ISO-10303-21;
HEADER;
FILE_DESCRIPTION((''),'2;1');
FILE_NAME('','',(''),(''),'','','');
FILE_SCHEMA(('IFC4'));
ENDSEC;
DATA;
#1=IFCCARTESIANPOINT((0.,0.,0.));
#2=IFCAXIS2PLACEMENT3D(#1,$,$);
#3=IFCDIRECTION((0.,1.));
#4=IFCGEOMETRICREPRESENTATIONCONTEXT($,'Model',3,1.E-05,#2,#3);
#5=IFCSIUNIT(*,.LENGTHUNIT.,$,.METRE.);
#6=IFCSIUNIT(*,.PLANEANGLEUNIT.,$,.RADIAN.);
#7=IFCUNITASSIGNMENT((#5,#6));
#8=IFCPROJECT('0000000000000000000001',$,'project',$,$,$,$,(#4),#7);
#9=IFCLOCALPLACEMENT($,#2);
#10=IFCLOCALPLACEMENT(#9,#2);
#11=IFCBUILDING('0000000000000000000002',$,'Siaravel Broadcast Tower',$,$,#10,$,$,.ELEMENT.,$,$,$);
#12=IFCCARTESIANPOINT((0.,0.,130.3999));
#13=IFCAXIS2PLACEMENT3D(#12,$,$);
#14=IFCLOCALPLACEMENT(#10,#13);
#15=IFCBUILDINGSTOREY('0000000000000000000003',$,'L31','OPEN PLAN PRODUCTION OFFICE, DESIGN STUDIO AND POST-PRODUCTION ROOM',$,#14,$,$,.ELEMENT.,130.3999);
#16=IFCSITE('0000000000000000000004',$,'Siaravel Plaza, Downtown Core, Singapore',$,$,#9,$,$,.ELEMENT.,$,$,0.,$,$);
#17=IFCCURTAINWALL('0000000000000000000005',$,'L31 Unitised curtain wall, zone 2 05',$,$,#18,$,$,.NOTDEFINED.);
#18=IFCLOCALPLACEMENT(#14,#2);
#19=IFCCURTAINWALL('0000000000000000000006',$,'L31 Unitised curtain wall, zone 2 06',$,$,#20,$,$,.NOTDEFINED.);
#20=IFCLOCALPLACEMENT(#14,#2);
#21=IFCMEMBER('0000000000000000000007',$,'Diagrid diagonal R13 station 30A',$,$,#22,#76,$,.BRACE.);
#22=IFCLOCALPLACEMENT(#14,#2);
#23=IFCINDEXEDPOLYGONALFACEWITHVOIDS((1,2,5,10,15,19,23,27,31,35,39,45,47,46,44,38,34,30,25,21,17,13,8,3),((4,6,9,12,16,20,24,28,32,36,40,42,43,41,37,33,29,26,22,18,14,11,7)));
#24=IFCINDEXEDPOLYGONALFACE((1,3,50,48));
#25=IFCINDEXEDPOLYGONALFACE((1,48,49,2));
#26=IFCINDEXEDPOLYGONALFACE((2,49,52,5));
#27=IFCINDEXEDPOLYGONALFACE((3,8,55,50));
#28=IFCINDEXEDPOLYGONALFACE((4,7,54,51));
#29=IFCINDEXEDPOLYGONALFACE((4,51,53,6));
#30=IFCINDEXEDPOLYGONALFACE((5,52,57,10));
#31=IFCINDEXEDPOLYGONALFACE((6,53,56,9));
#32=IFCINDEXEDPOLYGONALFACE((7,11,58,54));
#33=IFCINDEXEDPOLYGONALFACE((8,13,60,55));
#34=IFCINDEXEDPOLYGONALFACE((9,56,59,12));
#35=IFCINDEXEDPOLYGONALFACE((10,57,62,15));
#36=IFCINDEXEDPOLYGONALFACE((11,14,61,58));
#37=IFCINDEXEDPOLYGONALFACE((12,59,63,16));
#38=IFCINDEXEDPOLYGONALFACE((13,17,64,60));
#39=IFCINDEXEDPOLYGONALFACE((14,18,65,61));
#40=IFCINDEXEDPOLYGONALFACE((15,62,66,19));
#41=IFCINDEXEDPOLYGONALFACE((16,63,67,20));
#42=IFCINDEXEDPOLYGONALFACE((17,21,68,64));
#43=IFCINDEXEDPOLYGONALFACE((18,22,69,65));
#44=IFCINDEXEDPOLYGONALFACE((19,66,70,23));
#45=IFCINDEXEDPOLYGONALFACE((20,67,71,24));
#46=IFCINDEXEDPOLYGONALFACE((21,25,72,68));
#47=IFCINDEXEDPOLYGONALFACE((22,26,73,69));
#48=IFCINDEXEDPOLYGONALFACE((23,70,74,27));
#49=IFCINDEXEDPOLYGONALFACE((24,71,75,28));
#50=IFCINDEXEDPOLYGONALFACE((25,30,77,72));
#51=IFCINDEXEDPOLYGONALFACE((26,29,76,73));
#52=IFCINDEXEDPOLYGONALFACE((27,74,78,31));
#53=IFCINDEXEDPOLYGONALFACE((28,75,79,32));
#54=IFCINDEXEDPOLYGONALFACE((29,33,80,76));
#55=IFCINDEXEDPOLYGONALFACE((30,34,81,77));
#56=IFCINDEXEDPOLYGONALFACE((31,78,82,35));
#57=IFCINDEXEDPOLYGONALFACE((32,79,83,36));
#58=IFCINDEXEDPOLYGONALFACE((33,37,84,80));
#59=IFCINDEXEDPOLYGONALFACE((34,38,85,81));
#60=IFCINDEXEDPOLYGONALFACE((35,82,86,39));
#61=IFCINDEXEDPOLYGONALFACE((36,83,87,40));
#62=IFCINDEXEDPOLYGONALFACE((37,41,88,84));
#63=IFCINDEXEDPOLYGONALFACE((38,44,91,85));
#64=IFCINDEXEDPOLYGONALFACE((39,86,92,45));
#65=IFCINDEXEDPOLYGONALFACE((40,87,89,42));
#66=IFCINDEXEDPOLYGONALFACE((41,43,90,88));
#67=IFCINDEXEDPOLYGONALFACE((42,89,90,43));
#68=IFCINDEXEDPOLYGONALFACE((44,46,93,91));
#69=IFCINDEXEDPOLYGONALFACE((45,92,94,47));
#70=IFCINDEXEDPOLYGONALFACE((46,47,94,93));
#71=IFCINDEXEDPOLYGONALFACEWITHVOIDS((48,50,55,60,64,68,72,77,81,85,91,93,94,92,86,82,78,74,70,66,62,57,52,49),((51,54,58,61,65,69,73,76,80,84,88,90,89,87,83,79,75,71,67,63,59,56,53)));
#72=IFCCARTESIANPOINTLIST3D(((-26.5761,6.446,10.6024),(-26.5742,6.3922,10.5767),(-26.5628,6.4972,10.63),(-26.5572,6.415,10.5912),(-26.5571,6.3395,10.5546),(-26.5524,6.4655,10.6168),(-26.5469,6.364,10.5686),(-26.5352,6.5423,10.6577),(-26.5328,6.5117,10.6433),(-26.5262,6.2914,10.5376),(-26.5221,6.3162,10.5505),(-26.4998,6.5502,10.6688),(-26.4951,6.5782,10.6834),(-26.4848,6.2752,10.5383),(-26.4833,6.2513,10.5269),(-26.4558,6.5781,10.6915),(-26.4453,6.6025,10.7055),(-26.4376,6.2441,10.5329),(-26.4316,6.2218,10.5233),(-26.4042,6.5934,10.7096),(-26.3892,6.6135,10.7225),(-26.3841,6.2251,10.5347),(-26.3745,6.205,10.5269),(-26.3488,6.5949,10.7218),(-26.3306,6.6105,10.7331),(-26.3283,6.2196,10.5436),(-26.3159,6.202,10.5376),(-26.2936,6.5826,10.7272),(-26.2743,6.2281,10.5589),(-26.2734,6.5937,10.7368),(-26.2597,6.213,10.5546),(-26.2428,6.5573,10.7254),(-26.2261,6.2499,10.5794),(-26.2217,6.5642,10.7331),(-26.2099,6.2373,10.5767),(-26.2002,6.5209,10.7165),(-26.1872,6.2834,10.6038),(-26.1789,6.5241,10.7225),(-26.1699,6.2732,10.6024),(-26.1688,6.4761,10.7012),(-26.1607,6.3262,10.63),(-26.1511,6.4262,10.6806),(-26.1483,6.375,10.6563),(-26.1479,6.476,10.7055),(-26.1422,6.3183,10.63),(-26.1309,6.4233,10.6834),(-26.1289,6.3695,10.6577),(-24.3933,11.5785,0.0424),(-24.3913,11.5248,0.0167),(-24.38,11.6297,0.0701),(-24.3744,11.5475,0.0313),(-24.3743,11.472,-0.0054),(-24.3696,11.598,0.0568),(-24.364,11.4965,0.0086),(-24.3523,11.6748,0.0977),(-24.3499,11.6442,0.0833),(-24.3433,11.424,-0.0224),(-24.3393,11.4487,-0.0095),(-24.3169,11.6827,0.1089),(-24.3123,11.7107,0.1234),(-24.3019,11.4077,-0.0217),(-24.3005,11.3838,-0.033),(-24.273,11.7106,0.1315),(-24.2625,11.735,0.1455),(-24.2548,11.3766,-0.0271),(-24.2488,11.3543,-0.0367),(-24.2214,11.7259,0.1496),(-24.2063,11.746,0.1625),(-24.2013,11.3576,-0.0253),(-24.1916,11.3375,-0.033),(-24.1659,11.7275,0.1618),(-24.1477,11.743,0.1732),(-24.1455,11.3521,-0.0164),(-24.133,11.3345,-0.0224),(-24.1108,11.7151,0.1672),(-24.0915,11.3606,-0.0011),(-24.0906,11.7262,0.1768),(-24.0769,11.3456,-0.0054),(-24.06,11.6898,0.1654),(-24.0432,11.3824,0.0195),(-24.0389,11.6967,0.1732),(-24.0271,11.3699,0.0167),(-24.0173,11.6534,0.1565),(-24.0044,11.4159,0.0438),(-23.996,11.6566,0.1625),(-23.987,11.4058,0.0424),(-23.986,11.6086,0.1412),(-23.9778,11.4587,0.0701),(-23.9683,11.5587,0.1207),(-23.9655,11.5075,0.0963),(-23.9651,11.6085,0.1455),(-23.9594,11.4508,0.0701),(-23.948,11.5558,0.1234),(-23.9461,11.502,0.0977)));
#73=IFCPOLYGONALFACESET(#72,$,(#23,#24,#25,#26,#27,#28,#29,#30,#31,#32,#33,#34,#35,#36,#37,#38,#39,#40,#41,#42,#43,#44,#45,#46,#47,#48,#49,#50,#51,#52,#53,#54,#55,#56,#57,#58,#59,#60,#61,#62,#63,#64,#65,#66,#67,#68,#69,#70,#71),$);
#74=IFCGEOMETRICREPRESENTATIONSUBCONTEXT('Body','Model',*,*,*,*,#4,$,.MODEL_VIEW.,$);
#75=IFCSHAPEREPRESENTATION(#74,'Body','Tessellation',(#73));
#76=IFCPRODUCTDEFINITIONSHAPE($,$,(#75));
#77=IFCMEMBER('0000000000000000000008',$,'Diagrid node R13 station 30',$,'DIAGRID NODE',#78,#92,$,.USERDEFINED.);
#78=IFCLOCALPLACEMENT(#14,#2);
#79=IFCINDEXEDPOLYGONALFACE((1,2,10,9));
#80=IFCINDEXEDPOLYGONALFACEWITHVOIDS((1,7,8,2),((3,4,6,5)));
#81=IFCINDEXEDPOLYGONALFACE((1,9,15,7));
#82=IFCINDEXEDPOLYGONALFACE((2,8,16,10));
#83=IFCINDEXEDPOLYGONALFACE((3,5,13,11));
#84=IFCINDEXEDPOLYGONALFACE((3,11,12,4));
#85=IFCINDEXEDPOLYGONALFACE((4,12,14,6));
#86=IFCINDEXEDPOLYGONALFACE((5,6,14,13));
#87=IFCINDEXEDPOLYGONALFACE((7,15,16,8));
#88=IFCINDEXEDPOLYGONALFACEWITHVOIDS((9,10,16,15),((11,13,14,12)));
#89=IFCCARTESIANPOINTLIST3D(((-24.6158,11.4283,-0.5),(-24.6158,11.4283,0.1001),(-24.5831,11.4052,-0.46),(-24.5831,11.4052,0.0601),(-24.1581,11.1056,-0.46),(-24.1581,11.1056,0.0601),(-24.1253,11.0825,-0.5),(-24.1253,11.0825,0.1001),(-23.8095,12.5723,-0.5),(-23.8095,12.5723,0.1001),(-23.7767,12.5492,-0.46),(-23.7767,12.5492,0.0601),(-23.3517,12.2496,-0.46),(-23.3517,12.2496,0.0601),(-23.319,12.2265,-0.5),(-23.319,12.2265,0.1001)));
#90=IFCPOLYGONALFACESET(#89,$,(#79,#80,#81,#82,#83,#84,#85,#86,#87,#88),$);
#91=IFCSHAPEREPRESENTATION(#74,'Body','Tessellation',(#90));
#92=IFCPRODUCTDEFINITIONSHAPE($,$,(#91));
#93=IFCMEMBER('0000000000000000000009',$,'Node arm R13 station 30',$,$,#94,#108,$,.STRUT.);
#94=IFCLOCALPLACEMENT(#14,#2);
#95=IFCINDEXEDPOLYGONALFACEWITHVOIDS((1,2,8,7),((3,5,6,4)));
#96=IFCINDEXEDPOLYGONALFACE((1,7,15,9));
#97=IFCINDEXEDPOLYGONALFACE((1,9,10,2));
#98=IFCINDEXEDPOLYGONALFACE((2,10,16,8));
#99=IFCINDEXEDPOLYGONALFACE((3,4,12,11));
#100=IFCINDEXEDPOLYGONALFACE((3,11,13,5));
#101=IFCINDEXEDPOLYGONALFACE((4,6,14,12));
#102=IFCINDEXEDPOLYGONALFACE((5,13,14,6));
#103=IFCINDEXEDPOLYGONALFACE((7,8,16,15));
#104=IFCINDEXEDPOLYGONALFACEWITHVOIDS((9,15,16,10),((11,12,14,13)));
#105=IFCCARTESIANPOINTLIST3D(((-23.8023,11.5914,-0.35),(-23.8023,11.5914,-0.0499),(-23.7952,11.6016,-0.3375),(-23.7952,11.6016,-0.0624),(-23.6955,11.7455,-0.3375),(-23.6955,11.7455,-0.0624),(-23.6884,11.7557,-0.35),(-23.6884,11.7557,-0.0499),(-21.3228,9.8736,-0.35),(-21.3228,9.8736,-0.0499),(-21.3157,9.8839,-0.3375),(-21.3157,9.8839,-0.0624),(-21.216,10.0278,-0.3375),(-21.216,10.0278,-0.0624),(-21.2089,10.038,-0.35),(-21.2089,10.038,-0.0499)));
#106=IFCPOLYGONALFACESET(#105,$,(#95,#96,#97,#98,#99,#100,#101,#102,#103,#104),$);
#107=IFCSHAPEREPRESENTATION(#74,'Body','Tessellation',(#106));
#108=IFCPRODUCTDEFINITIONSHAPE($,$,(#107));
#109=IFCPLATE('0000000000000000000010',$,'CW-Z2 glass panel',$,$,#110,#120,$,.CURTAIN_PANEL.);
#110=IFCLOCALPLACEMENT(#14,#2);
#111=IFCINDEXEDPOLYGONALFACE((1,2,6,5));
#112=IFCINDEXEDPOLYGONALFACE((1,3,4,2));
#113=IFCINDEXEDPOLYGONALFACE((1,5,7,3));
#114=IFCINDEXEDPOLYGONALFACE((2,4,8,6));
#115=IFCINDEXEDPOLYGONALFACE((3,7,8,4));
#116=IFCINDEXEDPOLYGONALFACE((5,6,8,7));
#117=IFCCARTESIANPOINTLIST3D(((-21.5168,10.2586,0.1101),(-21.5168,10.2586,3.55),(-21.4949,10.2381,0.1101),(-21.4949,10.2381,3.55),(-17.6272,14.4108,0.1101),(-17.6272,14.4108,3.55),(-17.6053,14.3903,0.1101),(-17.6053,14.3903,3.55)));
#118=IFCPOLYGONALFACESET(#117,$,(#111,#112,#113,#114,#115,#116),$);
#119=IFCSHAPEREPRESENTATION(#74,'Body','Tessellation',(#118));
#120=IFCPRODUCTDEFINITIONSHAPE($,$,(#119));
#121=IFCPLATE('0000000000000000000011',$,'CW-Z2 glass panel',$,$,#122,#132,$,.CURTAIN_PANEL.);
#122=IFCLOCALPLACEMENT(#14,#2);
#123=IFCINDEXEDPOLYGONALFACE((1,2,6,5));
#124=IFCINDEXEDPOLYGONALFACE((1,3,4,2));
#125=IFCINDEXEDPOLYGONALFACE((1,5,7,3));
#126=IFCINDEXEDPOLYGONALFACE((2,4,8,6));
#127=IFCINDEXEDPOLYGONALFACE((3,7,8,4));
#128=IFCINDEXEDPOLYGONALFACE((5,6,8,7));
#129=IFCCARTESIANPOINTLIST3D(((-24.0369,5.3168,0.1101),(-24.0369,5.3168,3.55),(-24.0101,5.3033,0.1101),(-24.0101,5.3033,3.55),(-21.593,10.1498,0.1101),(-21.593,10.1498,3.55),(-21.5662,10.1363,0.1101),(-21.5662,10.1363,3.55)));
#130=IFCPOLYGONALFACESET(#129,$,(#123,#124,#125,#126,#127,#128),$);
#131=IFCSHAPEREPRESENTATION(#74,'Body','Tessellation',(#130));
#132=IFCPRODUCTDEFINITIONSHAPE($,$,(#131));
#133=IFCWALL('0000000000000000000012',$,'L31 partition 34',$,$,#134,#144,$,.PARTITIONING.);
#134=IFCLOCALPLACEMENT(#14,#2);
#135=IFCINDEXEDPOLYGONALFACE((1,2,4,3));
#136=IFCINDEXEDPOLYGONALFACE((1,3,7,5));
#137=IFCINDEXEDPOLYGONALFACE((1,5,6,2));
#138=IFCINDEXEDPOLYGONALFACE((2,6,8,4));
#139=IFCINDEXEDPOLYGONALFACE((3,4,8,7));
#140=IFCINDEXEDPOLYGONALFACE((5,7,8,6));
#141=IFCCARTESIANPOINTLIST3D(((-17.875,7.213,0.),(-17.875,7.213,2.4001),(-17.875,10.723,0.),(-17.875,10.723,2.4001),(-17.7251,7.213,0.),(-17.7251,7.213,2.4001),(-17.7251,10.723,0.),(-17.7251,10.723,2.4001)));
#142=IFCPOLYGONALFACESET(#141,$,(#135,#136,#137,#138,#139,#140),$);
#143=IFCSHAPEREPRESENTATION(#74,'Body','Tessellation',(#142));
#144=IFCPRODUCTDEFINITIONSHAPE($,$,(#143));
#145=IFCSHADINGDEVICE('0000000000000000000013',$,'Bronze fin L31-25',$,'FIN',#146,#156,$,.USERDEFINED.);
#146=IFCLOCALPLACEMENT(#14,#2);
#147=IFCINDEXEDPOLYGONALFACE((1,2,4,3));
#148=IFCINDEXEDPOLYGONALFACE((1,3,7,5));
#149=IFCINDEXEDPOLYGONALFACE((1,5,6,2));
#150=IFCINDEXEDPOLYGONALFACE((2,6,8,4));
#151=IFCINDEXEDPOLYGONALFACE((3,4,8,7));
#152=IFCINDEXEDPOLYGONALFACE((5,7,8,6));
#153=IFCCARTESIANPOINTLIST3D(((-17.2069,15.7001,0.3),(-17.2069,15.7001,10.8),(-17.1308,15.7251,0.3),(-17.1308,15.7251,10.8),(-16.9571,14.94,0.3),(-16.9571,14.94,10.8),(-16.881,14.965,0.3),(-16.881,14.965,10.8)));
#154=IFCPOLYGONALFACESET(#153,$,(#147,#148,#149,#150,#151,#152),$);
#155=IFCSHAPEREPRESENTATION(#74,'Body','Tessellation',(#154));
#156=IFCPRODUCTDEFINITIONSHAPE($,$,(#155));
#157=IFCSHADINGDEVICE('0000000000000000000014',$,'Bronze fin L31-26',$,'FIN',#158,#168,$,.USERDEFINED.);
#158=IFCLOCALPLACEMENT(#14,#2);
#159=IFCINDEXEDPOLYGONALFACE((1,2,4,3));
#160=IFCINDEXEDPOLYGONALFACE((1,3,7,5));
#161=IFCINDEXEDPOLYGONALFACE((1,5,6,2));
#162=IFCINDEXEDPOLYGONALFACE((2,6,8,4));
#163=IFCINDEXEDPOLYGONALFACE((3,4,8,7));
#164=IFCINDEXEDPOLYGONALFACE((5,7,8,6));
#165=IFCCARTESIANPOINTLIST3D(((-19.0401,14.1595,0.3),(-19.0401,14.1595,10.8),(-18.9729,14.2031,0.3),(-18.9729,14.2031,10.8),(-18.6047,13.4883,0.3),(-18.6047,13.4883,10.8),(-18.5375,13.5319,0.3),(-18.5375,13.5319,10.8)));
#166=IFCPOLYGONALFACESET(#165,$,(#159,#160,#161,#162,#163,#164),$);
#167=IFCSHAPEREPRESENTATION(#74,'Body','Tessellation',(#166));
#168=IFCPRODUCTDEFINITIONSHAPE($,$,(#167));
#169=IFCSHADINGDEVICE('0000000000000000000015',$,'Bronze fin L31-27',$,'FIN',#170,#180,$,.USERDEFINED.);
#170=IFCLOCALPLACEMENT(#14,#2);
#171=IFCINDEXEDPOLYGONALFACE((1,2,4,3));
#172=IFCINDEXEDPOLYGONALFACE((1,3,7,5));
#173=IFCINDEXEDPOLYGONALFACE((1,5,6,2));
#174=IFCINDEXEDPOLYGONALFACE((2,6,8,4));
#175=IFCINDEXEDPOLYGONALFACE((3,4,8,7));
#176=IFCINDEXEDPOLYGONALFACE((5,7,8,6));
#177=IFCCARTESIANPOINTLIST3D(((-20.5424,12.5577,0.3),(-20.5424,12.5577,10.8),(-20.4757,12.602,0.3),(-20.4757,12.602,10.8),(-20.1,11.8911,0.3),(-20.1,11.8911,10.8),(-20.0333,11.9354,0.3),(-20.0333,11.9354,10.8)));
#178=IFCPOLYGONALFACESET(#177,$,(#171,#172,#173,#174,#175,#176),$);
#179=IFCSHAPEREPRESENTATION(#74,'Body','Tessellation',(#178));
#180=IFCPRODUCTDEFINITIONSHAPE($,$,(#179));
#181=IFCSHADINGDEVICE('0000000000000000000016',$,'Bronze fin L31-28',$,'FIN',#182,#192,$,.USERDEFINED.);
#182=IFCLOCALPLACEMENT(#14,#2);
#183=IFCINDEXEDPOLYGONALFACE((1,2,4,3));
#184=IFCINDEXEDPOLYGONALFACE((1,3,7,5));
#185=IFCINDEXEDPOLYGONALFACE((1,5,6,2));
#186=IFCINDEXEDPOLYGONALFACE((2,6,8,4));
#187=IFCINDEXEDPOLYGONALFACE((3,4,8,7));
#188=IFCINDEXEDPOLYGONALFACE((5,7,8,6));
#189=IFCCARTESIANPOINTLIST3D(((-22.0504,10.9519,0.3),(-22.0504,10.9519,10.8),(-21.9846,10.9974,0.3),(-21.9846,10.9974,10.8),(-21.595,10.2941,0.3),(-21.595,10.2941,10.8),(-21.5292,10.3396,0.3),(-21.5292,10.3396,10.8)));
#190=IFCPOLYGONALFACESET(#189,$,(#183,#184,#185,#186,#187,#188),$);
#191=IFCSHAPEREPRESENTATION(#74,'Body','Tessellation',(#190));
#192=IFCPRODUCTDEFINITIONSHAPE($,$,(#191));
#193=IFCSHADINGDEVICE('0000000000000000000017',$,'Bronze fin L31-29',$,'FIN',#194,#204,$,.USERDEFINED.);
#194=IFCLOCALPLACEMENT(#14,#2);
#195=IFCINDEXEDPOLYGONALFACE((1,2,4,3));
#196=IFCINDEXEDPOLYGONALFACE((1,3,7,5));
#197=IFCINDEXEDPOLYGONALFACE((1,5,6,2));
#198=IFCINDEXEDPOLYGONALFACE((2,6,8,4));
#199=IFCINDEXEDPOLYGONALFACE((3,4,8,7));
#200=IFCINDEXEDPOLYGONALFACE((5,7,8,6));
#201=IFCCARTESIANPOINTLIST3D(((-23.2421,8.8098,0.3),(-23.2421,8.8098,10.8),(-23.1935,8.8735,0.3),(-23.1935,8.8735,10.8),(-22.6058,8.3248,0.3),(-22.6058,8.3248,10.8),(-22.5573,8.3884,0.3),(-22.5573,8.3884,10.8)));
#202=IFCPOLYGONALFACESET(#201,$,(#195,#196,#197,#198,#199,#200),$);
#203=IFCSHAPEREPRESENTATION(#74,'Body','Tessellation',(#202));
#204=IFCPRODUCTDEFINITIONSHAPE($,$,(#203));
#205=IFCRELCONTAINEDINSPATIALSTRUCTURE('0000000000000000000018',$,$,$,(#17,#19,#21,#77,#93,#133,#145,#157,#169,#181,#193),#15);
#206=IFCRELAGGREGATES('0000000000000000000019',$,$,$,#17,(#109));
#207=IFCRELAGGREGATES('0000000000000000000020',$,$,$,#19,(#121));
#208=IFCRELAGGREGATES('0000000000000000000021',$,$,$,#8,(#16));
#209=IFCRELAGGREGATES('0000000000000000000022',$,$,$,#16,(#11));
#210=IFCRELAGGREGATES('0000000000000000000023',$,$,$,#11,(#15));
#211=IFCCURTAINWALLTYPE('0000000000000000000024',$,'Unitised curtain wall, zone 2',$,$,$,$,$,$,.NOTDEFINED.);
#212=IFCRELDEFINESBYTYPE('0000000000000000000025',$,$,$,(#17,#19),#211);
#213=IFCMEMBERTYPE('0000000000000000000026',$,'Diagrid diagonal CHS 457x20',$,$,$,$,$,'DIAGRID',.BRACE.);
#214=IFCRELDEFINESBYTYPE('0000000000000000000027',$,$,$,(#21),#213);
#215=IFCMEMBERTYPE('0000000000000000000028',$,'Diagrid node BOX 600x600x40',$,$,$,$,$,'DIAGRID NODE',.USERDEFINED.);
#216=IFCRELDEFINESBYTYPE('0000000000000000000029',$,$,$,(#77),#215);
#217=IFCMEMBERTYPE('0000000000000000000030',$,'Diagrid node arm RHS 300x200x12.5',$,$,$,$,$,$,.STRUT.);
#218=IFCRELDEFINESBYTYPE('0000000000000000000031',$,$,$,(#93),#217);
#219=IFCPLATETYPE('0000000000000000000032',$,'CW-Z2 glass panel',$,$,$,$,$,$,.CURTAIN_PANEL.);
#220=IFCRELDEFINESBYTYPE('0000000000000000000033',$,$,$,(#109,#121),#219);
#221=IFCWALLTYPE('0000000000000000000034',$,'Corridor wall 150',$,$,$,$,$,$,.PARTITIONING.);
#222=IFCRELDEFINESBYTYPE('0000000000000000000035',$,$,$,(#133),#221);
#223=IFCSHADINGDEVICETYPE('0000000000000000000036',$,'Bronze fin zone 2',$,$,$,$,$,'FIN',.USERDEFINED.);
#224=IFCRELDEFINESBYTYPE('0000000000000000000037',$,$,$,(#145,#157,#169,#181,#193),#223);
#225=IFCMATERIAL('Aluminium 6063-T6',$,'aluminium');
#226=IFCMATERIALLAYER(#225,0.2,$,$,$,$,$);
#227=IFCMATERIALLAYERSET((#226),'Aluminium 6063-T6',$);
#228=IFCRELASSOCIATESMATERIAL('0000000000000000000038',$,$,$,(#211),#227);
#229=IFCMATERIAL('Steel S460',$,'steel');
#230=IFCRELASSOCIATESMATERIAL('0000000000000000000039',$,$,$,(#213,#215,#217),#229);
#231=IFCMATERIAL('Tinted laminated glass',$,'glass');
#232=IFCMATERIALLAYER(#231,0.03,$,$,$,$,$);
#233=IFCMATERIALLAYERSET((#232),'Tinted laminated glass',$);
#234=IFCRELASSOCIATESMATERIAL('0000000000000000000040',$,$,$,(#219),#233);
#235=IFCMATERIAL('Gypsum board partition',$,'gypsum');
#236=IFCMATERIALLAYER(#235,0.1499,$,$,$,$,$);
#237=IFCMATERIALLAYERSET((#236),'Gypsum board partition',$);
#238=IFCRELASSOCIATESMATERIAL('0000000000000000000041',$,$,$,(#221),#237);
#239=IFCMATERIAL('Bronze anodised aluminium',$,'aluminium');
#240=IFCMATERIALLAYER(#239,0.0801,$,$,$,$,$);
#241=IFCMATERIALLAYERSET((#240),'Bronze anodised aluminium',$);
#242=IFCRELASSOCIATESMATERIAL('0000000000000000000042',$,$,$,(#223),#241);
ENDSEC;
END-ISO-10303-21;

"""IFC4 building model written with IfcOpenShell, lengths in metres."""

from ifc_helpers import new_model, si_unit, direction, frame, frame_2d, origin, origin_2d, place, context, subcontext, project, spatial, rectangle, hollow_rectangle, hollow_circle, extrude, material, layer, layer_set, material_profile, profile_set, type_object, element, aggregate, save


model = new_model("IFC4")

# Units and contexts
model_context = context("Model", 3, precision=1e-05, world=origin(), true_north=direction((0.0, 1.0)))
body_context = subcontext(model_context, "Body", "Model", "MODEL_VIEW")
ifc_project = project(units=[si_unit("LENGTHUNIT", "METRE"), si_unit("PLANEANGLEUNIT", "RADIAN")], contexts=[model_context])

# Site, building, storey
site_placement = place(None, origin())
site = spatial("IfcSite", under=ifc_project, at=site_placement, Name="Siaravel Plaza, Downtown Core, Singapore", CompositionType="ELEMENT", RefElevation=0.0)
building_placement = place(site_placement, origin())
building = spatial("IfcBuilding", under=site, at=building_placement, Name="Siaravel Broadcast Tower", CompositionType="ELEMENT")
storey_placement = place(building_placement, frame((0.0, 0.0, 130.3999)))
storey = spatial("IfcBuildingStorey", under=building, at=storey_placement, Name="L31", Description="OPEN PLAN PRODUCTION OFFICE, DESIGN STUDIO AND POST-PRODUCTION ROOM", CompositionType="ELEMENT", Elevation=130.3999)

# Curtain wall
ifc_material_1 = material(Name="Aluminium 6063-T6", Category="aluminium")
ifc_layer_1 = layer(ifc_material_1, 0.2)
ifc_layer_set_1 = layer_set([ifc_layer_1], Name="Aluminium 6063-T6")
curtain_wall_type = type_object("IfcCurtainWallType", Name="Unitised curtain wall, zone 2", PredefinedType="NOTDEFINED", material=ifc_layer_set_1)
curtain_wall_1_placement = place(storey_placement, origin())
curtain_wall_1 = element("IfcCurtainWall", 1, at=curtain_wall_1_placement, inside=storey, type_object=curtain_wall_type, Name="L31 Unitised curtain wall, zone 2 05", PredefinedType="NOTDEFINED")

# Curtain wall
curtain_wall_2_placement = place(storey_placement, origin())
curtain_wall_2 = element("IfcCurtainWall", 2, at=curtain_wall_2_placement, inside=storey, type_object=curtain_wall_type, Name="L31 Unitised curtain wall, zone 2 06", PredefinedType="NOTDEFINED")

# Members
ifc_material_2 = material(Name="Steel S460", Category="steel")
ifc_material_profile_1 = material_profile(ifc_material_2, hollow_circle(Radius=0.2285, WallThickness=0.02, at=origin_2d()))
ifc_profile_set_1 = profile_set([ifc_material_profile_1], Name="Steel S460")
member_type_1 = type_object("IfcMemberType", Name="Diagrid diagonal CHS 457x20", ElementType="DIAGRID", PredefinedType="BRACE", material=ifc_profile_set_1)
member_1_placement = place(storey_placement, frame((-24.1697, 11.5403, 0.0701), z_axis=(-0.182781, -0.429774, 0.884243), x_axis=(0.920233, -0.391371, 0.0)))
element("IfcMember", 3, at=member_1_placement, inside=storey, type_object=member_type_1, Name="Diagrid diagonal R13 station 30A", PredefinedType="BRACE", context=body_context, shape_type="SweptSolid", body=[
    extrude(hollow_circle(Radius=0.2285, WallThickness=0.02, at=origin_2d()), origin(), (0.0, 0.0, 1.0), 11.9424),
])
ifc_material_profile_2 = material_profile(ifc_material_2, hollow_rectangle(XDim=0.6001, YDim=0.6001, WallThickness=0.04, at=origin_2d()))
ifc_profile_set_2 = profile_set([ifc_material_profile_2], Name="Steel S460")
member_type_2 = type_object("IfcMemberType", Name="Diagrid node BOX 600x600x40", ElementType="DIAGRID NODE", PredefinedType="USERDEFINED", material=ifc_profile_set_2)
member_2_placement = place(storey_placement, frame((-23.5642, 12.3994, -0.2), z_axis=(-0.576128, -0.817359, 0.0), x_axis=(0.817359, -0.576128, 0.0)))
element("IfcMember", 4, at=member_2_placement, inside=storey, type_object=member_type_2, Name="Diagrid node R13 station 30", ObjectType="DIAGRID NODE", PredefinedType="USERDEFINED", context=body_context, shape_type="SweptSolid", body=[
    extrude(hollow_rectangle(XDim=0.6001, YDim=0.6001, WallThickness=0.04, at=origin_2d()), origin(), (0.0, 0.0, 1.0), 1.3997),
])
ifc_material_profile_3 = material_profile(ifc_material_2, hollow_rectangle(XDim=0.2, YDim=0.3, WallThickness=0.0125, at=origin_2d()))
ifc_profile_set_3 = profile_set([ifc_material_profile_3], Name="Steel S460")
member_type_3 = type_object("IfcMemberType", Name="Diagrid node arm RHS 300x200x12.5", PredefinedType="STRUT", material=ifc_profile_set_3)
member_3_placement = place(storey_placement, frame((-21.2659, 9.9558, -0.2), z_axis=(-0.822006, 0.569479, 0.0), x_axis=(-0.569479, -0.822006, 0.0)))
element("IfcMember", 5, at=member_3_placement, inside=storey, type_object=member_type_3, Name="Node arm R13 station 30", PredefinedType="STRUT", context=body_context, shape_type="SweptSolid", body=[
    extrude(hollow_rectangle(XDim=0.2, YDim=0.3, WallThickness=0.0125, at=origin_2d()), origin(), (0.0, 0.0, 1.0), 3.0164),
])

# Plates
ifc_material_3 = material(Name="Tinted laminated glass", Category="glass")
ifc_layer_2 = layer(ifc_material_3, 0.03)
ifc_layer_set_2 = layer_set([ifc_layer_2], Name="Tinted laminated glass")
plate_type = type_object("IfcPlateType", Name="CW-Z2 glass panel", PredefinedType="CURTAIN_PANEL", material=ifc_layer_set_2)
plate_1_placement = place(storey_placement, frame((-19.561, 12.3245, 0.1101), z_axis=(0.0, 0.0, 1.0), x_axis=(-0.683653, -0.729807, 0.0)))
plate_1 = element("IfcPlate", 6, at=plate_1_placement, type_object=plate_type, Name="CW-Z2 glass panel", PredefinedType="CURTAIN_PANEL", context=body_context, shape_type="SweptSolid", body=[
    extrude(rectangle(XDim=5.6895, YDim=0.03, at=origin_2d()), origin(), (0.0, 0.0, 1.0), 3.4399),
])
aggregate(curtain_wall_1, [plate_1])
plate_2_placement = place(storey_placement, frame((-22.8015, 7.7266, 0.1101), z_axis=(0.0, 0.0, 1.0), x_axis=(-0.451259, -0.892393, 0.0)))
plate_2 = element("IfcPlate", 7, at=plate_2_placement, type_object=plate_type, Name="CW-Z2 glass panel", PredefinedType="CURTAIN_PANEL", context=body_context, shape_type="SweptSolid", body=[
    extrude(rectangle(XDim=5.4158, YDim=0.03, at=origin_2d()), origin(), (0.0, 0.0, 1.0), 3.4399),
])
aggregate(curtain_wall_2, [plate_2])

# Wall
ifc_material_4 = material(Name="Gypsum board partition", Category="gypsum")
ifc_layer_3 = layer(ifc_material_4, 0.1499)
ifc_layer_set_3 = layer_set([ifc_layer_3], Name="Gypsum board partition")
wall_type = type_object("IfcWallType", Name="Corridor wall 150", PredefinedType="PARTITIONING", material=ifc_layer_set_3)
wall_placement = place(storey_placement, frame((-17.8, 10.7229, 0.0), z_axis=(0.0, 0.0, 1.0), x_axis=(0.0, -1.0, 0.0)))
element("IfcWall", 8, at=wall_placement, inside=storey, type_object=wall_type, Name="L31 partition 34", PredefinedType="PARTITIONING", context=body_context, shape_type="SweptSolid", body=[
    extrude(rectangle(XDim=3.51, YDim=0.1499, at=frame_2d((1.7549, 0.0))), origin(), (0.0, 0.0, 1.0), 2.4001),
])

# Shading devices
ifc_material_5 = material(Name="Bronze anodised aluminium", Category="aluminium")
ifc_layer_4 = layer(ifc_material_5, 0.0801)
ifc_layer_set_4 = layer_set([ifc_layer_4], Name="Bronze anodised aluminium")
shading_device_type = type_object("IfcShadingDeviceType", Name="Bronze fin zone 2", ElementType="FIN", PredefinedType="USERDEFINED", material=ifc_layer_set_4)
for number, where, z_axis, x_axis, name in (
    (9, (-17.0439, 15.3325, 0.3), (0.0, 0.0, 1.0), (-0.312151, 0.950033, 0.0), "Bronze fin L31-25"),
    (10, (-18.7888, 13.8457, 0.3), (0.0, 0.0, 1.0), (-0.544197, 0.838958, 0.0), "Bronze fin L31-26"),
    (11, (-20.2878, 12.2466, 0.3), (0.0, 0.0, 1.0), (-0.552999, 0.833182, 0.0), "Bronze fin L31-27"),
    (12, (-21.7898, 10.6458, 0.3), (0.0, 0.0, 1.0), (-0.569175, 0.822217, 0.0), "Bronze fin L31-28"),
    (13, (-22.8997, 8.5991, 0.3), (0.0, 0.0, 1.0), (-0.795248, 0.606284, 0.0), "Bronze fin L31-29"),
):
    element("IfcShadingDevice", number, at=place(storey_placement, frame(where, z_axis=z_axis, x_axis=x_axis)), inside=storey, type_object=shading_device_type, Name=name, ObjectType="FIN", PredefinedType="USERDEFINED", context=body_context, shape_type="SweptSolid", body=[
        extrude(rectangle(XDim=0.8, YDim=0.0801, at=origin_2d()), origin(), (0.0, 0.0, 1.0), 10.5),
    ])

save(model, "model.ifc")
